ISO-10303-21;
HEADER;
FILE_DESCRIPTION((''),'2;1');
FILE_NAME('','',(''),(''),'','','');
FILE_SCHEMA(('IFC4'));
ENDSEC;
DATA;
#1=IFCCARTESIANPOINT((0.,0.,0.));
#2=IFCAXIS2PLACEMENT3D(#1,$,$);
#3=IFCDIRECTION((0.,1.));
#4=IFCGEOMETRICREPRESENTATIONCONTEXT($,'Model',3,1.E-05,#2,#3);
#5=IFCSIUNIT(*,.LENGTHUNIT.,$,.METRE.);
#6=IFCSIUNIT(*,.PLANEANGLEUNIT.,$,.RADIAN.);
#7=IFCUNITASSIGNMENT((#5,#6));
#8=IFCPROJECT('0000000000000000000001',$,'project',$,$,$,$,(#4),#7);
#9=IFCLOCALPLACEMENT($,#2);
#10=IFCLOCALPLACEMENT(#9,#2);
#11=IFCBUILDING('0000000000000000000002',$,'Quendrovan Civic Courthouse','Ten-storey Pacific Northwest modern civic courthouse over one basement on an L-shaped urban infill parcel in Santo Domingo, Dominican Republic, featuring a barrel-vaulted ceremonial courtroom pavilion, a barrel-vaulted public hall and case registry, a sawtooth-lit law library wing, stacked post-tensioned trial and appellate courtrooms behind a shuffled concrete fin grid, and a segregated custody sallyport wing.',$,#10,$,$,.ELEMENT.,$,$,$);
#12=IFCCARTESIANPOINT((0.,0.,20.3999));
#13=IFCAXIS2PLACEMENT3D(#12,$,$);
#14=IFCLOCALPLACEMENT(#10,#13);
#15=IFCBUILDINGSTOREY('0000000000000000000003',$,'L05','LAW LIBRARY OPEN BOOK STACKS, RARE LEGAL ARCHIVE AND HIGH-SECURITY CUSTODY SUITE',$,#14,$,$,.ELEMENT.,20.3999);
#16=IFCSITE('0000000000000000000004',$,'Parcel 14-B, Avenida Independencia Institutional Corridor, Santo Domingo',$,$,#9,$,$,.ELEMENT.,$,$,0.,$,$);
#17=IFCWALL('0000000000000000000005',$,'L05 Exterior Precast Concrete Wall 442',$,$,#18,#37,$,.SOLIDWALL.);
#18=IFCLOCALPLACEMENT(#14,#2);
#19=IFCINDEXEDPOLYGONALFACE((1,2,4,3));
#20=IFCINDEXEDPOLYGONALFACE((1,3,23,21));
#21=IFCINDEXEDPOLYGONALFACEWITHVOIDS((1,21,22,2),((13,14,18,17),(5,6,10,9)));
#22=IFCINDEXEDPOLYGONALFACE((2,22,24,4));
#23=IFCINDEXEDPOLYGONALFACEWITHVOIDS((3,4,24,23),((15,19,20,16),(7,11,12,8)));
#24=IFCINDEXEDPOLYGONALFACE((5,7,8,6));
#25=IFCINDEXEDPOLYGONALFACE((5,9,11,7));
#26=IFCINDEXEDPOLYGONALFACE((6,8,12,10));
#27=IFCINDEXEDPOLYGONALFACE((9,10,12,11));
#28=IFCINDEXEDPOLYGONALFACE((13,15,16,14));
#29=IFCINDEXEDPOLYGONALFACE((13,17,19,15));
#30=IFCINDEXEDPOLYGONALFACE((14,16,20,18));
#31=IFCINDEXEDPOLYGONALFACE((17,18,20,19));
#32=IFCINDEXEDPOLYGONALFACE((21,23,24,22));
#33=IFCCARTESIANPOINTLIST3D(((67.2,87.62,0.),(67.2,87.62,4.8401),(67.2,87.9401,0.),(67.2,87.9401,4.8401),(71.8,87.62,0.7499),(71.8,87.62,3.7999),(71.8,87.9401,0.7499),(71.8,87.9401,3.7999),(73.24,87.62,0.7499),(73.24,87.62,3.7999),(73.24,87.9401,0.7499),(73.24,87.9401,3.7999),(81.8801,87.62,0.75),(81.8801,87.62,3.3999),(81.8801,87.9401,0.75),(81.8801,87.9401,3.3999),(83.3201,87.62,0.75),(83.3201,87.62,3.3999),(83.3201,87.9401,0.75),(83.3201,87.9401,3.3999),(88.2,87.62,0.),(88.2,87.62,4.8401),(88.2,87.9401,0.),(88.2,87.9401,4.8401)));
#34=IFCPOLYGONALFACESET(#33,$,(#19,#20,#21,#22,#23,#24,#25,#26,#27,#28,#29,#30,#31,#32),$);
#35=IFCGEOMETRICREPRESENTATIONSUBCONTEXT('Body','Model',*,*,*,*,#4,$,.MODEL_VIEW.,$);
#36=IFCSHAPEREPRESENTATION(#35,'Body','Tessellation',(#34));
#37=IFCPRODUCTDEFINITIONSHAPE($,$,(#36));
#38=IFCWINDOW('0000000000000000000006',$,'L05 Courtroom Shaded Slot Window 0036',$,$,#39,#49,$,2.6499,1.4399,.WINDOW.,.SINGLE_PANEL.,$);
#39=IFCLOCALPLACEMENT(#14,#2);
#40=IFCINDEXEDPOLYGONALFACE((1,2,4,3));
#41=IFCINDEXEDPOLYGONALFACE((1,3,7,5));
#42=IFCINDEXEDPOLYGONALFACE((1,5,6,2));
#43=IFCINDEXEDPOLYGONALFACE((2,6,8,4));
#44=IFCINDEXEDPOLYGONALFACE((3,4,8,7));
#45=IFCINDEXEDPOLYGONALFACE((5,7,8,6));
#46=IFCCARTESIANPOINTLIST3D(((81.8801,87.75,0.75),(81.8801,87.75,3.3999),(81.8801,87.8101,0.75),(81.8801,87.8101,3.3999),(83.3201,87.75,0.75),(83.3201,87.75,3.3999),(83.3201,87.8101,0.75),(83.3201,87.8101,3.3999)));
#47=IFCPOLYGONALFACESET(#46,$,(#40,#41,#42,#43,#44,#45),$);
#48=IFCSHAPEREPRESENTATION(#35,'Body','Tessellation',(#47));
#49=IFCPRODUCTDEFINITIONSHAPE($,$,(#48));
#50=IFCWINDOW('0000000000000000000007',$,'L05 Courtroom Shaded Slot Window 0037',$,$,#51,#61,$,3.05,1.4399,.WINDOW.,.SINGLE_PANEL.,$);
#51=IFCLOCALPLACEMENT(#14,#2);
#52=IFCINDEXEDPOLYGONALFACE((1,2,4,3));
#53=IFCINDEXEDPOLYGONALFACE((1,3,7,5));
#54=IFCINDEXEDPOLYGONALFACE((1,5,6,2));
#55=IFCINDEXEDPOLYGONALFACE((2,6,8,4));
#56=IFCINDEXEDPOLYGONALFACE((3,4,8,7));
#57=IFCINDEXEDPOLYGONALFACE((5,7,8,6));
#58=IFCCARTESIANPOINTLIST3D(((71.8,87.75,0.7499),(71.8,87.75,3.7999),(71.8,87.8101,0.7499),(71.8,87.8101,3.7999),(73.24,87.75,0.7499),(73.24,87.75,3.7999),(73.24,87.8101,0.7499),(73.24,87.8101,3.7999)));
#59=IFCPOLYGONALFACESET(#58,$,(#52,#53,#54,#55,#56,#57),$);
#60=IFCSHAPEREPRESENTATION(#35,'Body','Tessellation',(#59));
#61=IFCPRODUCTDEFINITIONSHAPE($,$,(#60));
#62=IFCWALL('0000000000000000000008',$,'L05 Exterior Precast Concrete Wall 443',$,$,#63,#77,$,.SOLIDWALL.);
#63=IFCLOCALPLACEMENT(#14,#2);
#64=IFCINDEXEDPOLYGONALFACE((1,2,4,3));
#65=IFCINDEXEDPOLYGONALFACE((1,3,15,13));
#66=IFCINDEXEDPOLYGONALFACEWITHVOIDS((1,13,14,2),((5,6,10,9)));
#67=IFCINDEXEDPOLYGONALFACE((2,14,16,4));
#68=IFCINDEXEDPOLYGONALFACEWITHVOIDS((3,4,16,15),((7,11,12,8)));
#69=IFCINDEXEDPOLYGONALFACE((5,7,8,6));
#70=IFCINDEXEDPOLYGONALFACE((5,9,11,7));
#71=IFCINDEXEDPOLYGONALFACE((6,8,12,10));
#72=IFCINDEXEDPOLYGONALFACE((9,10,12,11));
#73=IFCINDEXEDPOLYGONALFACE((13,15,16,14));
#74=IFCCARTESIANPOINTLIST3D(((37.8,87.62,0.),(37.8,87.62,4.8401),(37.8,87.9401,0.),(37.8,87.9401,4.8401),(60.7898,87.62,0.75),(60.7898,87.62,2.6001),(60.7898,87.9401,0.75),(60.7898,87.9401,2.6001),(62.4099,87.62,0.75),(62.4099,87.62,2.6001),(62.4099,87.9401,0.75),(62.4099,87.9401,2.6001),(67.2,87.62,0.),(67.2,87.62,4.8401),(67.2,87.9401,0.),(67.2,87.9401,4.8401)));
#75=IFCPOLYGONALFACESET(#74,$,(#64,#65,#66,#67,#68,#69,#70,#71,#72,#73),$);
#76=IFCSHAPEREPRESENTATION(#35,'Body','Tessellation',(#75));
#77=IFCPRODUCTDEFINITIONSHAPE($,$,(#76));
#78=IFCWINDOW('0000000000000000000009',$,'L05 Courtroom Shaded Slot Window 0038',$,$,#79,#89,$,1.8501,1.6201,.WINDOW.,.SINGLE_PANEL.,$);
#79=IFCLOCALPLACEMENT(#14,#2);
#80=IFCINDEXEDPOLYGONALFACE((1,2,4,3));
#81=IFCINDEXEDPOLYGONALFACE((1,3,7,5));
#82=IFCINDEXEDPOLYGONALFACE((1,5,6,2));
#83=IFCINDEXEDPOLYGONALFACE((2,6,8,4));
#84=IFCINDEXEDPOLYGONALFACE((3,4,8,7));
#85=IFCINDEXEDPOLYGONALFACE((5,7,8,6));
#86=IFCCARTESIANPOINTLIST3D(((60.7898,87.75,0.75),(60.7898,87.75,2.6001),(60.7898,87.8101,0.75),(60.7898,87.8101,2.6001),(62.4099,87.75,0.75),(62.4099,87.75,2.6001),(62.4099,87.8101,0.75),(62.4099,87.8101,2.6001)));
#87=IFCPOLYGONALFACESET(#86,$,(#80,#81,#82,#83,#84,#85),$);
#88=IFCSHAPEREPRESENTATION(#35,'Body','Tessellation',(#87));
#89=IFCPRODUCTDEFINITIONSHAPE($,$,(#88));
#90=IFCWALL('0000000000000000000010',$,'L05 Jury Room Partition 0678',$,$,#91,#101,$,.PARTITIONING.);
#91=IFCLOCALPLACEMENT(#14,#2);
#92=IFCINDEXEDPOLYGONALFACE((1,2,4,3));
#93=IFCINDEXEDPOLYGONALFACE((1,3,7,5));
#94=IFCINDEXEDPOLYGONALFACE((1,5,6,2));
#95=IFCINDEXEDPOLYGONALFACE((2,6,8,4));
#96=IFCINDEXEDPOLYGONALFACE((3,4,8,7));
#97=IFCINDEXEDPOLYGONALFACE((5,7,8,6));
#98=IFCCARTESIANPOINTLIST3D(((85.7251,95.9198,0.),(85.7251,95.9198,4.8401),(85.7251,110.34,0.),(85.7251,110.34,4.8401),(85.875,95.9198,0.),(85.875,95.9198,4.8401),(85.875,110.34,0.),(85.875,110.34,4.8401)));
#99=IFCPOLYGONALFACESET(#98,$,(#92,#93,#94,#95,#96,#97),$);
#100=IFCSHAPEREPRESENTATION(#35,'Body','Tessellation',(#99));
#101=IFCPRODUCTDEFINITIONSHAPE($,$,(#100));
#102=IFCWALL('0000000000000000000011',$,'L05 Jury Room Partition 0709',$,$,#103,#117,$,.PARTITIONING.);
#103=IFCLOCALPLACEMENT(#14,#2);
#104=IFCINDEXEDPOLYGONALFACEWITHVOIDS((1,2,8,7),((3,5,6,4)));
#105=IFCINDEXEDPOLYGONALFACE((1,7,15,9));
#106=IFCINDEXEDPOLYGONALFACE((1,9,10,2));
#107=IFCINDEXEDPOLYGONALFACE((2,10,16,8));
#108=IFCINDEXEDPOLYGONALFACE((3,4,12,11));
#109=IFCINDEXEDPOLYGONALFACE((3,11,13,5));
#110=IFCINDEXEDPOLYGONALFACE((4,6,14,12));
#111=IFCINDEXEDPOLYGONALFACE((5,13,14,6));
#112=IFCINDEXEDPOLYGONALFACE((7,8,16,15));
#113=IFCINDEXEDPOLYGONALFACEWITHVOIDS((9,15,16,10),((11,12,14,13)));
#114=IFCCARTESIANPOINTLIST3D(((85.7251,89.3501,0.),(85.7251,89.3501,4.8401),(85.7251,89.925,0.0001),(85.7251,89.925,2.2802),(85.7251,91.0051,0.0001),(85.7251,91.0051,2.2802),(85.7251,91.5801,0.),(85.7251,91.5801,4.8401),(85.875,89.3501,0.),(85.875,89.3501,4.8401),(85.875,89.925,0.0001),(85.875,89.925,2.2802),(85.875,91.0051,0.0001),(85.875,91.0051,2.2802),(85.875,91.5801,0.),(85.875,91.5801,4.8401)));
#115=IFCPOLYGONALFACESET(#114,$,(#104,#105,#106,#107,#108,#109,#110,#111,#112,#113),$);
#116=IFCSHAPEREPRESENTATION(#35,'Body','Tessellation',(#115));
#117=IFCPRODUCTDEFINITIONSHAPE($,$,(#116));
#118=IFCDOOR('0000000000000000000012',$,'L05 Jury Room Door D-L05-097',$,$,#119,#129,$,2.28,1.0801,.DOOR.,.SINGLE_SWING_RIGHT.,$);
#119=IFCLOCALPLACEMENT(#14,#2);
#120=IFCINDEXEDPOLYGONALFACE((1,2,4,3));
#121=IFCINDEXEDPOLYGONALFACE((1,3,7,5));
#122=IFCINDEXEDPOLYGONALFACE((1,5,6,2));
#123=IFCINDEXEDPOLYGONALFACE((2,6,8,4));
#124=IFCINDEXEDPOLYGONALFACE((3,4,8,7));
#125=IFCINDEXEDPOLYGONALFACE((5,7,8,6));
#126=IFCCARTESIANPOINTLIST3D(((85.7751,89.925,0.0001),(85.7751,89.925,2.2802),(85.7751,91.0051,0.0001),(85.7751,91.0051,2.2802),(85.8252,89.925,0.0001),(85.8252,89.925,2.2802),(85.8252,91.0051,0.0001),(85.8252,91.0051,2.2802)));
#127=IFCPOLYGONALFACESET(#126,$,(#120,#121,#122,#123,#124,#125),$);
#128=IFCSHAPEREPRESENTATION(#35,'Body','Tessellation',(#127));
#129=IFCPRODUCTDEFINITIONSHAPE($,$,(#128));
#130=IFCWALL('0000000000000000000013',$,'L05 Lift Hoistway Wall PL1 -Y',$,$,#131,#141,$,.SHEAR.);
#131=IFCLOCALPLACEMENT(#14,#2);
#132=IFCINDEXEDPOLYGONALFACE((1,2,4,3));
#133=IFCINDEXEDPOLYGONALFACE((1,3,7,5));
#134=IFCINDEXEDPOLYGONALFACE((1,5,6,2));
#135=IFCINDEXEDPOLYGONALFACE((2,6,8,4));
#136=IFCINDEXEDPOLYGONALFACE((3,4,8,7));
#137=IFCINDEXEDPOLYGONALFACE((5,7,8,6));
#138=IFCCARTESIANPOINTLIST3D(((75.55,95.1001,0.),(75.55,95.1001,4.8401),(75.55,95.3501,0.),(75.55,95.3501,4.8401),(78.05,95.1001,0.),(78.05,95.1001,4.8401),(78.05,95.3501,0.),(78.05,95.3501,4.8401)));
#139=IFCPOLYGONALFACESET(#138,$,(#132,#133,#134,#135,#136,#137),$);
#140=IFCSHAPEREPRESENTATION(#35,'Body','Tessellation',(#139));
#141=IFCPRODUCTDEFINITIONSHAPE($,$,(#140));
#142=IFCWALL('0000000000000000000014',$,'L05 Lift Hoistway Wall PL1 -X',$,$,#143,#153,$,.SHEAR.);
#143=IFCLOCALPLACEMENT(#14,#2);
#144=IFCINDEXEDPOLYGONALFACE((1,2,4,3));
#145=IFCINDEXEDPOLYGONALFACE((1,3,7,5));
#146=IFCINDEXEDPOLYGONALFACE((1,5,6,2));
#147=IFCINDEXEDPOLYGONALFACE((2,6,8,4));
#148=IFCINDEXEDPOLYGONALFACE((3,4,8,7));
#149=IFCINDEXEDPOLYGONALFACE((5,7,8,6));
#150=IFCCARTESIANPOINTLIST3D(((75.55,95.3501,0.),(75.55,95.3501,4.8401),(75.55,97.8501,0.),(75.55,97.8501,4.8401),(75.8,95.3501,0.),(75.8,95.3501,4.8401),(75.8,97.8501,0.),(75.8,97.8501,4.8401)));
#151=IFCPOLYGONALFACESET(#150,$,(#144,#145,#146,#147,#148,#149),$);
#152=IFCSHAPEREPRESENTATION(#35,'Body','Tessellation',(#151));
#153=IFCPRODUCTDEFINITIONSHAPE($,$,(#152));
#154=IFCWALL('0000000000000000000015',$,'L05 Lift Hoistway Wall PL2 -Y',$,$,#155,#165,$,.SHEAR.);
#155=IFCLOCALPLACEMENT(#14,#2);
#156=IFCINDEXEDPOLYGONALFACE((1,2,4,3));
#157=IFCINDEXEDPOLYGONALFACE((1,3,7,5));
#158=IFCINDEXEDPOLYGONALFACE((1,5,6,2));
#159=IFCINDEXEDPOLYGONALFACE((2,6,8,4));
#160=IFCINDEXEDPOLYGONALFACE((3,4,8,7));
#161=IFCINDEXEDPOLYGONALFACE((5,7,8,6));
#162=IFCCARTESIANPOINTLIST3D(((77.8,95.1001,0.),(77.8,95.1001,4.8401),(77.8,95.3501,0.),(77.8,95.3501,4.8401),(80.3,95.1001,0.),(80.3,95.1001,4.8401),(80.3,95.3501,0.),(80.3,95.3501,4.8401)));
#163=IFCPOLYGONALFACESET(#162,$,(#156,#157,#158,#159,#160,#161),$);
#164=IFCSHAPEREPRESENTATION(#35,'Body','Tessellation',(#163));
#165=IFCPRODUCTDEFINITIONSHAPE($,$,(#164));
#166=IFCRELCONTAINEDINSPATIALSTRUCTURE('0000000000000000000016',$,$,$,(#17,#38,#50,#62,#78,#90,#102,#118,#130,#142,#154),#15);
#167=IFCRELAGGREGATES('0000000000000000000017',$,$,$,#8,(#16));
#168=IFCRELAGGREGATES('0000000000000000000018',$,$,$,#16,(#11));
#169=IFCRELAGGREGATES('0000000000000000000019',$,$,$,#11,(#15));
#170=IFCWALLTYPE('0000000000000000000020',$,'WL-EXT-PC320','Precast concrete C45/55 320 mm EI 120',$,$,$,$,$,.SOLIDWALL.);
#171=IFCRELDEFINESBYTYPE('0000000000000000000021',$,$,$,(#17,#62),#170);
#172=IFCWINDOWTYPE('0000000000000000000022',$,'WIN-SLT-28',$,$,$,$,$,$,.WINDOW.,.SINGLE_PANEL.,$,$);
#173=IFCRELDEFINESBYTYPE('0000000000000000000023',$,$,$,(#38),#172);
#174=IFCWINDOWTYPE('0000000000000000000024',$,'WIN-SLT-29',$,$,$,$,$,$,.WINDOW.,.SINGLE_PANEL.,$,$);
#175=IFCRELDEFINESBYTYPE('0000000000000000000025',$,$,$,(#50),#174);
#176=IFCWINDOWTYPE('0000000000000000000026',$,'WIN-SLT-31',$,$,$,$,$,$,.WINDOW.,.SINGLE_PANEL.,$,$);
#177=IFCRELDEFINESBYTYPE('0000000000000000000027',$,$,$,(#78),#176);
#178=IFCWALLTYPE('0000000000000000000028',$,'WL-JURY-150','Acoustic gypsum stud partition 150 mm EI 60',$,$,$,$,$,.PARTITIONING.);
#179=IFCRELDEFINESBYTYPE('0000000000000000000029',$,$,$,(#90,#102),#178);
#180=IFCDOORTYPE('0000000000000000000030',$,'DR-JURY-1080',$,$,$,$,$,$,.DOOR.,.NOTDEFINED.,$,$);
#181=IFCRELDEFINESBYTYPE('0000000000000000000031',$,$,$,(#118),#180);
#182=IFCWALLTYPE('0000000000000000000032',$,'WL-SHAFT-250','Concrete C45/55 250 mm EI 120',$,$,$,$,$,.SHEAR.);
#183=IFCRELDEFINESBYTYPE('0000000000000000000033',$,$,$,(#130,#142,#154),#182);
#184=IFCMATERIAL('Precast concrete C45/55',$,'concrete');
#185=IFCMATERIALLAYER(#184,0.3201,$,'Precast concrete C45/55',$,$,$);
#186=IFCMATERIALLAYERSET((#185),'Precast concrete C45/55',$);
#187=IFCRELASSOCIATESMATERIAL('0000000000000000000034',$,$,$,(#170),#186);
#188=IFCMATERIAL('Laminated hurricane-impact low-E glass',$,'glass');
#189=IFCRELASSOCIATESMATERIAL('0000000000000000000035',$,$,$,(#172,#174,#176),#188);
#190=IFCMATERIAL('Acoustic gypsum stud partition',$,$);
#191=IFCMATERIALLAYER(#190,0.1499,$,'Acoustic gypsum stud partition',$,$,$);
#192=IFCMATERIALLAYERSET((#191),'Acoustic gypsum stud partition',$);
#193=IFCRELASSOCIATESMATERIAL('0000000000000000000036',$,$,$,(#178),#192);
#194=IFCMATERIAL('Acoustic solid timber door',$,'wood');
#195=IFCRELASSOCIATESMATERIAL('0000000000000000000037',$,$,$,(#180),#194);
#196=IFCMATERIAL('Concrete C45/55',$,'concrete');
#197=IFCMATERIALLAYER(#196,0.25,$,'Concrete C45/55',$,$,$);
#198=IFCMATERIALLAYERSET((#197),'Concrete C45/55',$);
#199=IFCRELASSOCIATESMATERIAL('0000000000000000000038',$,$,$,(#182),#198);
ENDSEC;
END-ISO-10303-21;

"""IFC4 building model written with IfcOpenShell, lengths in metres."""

from ifc_helpers import new_model, si_unit, direction, frame, frame_2d, origin, place, context, subcontext, project, spatial, rectangle, extrude, material, layer, layer_set, type_object, element, fill, save


model = new_model("IFC4")

# Units and contexts
model_context = context("Model", 3, precision=1e-05, world=origin(), true_north=direction((0.0, 1.0)))
body_context = subcontext(model_context, "Body", "Model", "MODEL_VIEW")
ifc_project = project(units=[si_unit("LENGTHUNIT", "METRE"), si_unit("PLANEANGLEUNIT", "RADIAN")], contexts=[model_context])

# Site, building, storey
site_placement = place(None, origin())
site = spatial("IfcSite", under=ifc_project, at=site_placement, Name="Parcel 14-B, Avenida Independencia Institutional Corridor, Santo Domingo", CompositionType="ELEMENT", RefElevation=0.0)
building_placement = place(site_placement, origin())
building = spatial("IfcBuilding", under=site, at=building_placement, Name="Quendrovan Civic Courthouse", Description="Ten-storey Pacific Northwest modern civic courthouse over one basement on an L-shaped urban infill parcel in Santo Domingo, Dominican Republic, featuring a barrel-vaulted ceremonial courtroom pavilion, a barrel-vaulted public hall and case registry, a sawtooth-lit law library wing, stacked post-tensioned trial and appellate courtrooms behind a shuffled concrete fin grid, and a segregated custody sallyport wing.", CompositionType="ELEMENT")
storey_placement = place(building_placement, frame((0.0, 0.0, 20.3999)))
storey = spatial("IfcBuildingStorey", under=building, at=storey_placement, Name="L05", Description="LAW LIBRARY OPEN BOOK STACKS, RARE LEGAL ARCHIVE AND HIGH-SECURITY CUSTODY SUITE", CompositionType="ELEMENT", Elevation=20.3999)

# Shared definitions
ifc_material_1 = material(Name="Acoustic gypsum stud partition")

# Shared definitions
ifc_material_2 = material(Name="Concrete C45/55", Category="concrete")

# Shared definitions
ifc_material_3 = material(Name="Precast concrete C45/55", Category="concrete")
ifc_layer_1 = layer(ifc_material_3, 0.3201, Name="Precast concrete C45/55")
ifc_layer_set_1 = layer_set([ifc_layer_1], Name="Precast concrete C45/55")
wall_type_1 = type_object("IfcWallType", Name="WL-EXT-PC320", Description="Precast concrete C45/55 320 mm EI 120", PredefinedType="SOLIDWALL", material=ifc_layer_set_1)

# Wall, openings, windows
wall_1_placement = place(storey_placement, frame((88.2, 87.78, 0.0), z_axis=(0.0, 0.0, 1.0), x_axis=(-1.0, 0.0, 0.0)))
wall_1 = element("IfcWall", 1, at=wall_1_placement, inside=storey, type_object=wall_type_1, Name="L05 Exterior Precast Concrete Wall 442", PredefinedType="SOLIDWALL", context=body_context, shape_type="SweptSolid", body=[
    extrude(rectangle(XDim=21.0, YDim=0.3201, at=frame_2d((10.5, 0.0))), origin(), (0.0, 0.0, 1.0), 4.8401),
])
opening_1_placement = place(wall_1_placement, frame((4.8799, 0.0, 0.75)))
opening_1 = element("IfcOpeningElement", 2, at=opening_1_placement, cuts=wall_1, PredefinedType="OPENING", context=body_context, shape_type="SweptSolid", body=[
    extrude(rectangle(XDim=1.4399, YDim=2.6499, at=frame_2d((0.72, 1.325))), frame((0.0, 0.1699, 0.0), z_axis=(0.0, -1.0, 0.0), x_axis=(1.0, 0.0, 0.0)), (0.0, 0.0, 1.0), 0.3401),
])
opening_2_placement = place(wall_1_placement, frame((14.96, 0.0, 0.75)))
opening_2 = element("IfcOpeningElement", 3, at=opening_2_placement, cuts=wall_1, PredefinedType="OPENING", context=body_context, shape_type="SweptSolid", body=[
    extrude(rectangle(XDim=1.4399, YDim=3.05, at=frame_2d((0.72, 1.5249))), frame((0.0, 0.1699, 0.0), z_axis=(0.0, -1.0, 0.0), x_axis=(1.0, 0.0, 0.0)), (0.0, 0.0, 1.0), 0.3401),
])
ifc_material_4 = material(Name="Laminated hurricane-impact low-E glass", Category="glass")
window_type_1 = type_object("IfcWindowType", Name="WIN-SLT-28", PartitioningType="SINGLE_PANEL", PredefinedType="WINDOW", material=ifc_material_4)
window_1_placement = place(opening_1_placement, origin())
window_1 = element("IfcWindow", 4, at=window_1_placement, inside=storey, type_object=window_type_1, Name="L05 Courtroom Shaded Slot Window 0036", OverallHeight=2.6499, OverallWidth=1.4399, PartitioningType="SINGLE_PANEL", PredefinedType="WINDOW", context=body_context, shape_type="SweptSolid", body=[
    extrude(rectangle(XDim=1.4399, YDim=2.6499, at=frame_2d((0.72, 1.325))), frame((0.0, 0.03, 0.0), z_axis=(0.0, -1.0, 0.0), x_axis=(1.0, 0.0, 0.0)), (0.0, 0.0, 1.0), 0.0601),
])
fill(opening_1, window_1)
window_type_2 = type_object("IfcWindowType", Name="WIN-SLT-29", PartitioningType="SINGLE_PANEL", PredefinedType="WINDOW", material=ifc_material_4)
window_2_placement = place(opening_2_placement, origin())
window_2 = element("IfcWindow", 5, at=window_2_placement, inside=storey, type_object=window_type_2, Name="L05 Courtroom Shaded Slot Window 0037", OverallHeight=3.05, OverallWidth=1.4399, PartitioningType="SINGLE_PANEL", PredefinedType="WINDOW", context=body_context, shape_type="SweptSolid", body=[
    extrude(rectangle(XDim=1.4399, YDim=3.05, at=frame_2d((0.72, 1.5249))), frame((0.0, 0.03, 0.0), z_axis=(0.0, -1.0, 0.0), x_axis=(1.0, 0.0, 0.0)), (0.0, 0.0, 1.0), 0.0601),
])
fill(opening_2, window_2)

# Wall, opening, window
wall_2_placement = place(storey_placement, frame((67.2, 87.78, 0.0), z_axis=(0.0, 0.0, 1.0), x_axis=(-1.0, 0.0, 0.0)))
wall_2 = element("IfcWall", 6, at=wall_2_placement, inside=storey, type_object=wall_type_1, Name="L05 Exterior Precast Concrete Wall 443", PredefinedType="SOLIDWALL", context=body_context, shape_type="SweptSolid", body=[
    extrude(rectangle(XDim=29.3999, YDim=0.3201, at=frame_2d((14.7, 0.0))), origin(), (0.0, 0.0, 1.0), 4.8401),
])
opening_3_placement = place(wall_2_placement, frame((4.79, 0.0, 0.75)))
opening_3 = element("IfcOpeningElement", 7, at=opening_3_placement, cuts=wall_2, PredefinedType="OPENING", context=body_context, shape_type="SweptSolid", body=[
    extrude(rectangle(XDim=1.6201, YDim=1.8501, at=frame_2d((0.8101, 0.925))), frame((0.0, 0.1699, 0.0), z_axis=(0.0, -1.0, 0.0), x_axis=(1.0, 0.0, 0.0)), (0.0, 0.0, 1.0), 0.3401),
])
window_type_3 = type_object("IfcWindowType", Name="WIN-SLT-31", PartitioningType="SINGLE_PANEL", PredefinedType="WINDOW", material=ifc_material_4)
window_3_placement = place(opening_3_placement, origin())
window_3 = element("IfcWindow", 8, at=window_3_placement, inside=storey, type_object=window_type_3, Name="L05 Courtroom Shaded Slot Window 0038", OverallHeight=1.8501, OverallWidth=1.6201, PartitioningType="SINGLE_PANEL", PredefinedType="WINDOW", context=body_context, shape_type="SweptSolid", body=[
    extrude(rectangle(XDim=1.6201, YDim=1.8501, at=frame_2d((0.8101, 0.925))), frame((0.0, 0.03, 0.0), z_axis=(0.0, -1.0, 0.0), x_axis=(1.0, 0.0, 0.0)), (0.0, 0.0, 1.0), 0.0601),
])
fill(opening_3, window_3)

# Wall
ifc_layer_2 = layer(ifc_material_1, 0.1499, Name="Acoustic gypsum stud partition")
ifc_layer_set_2 = layer_set([ifc_layer_2], Name="Acoustic gypsum stud partition")
wall_type_2 = type_object("IfcWallType", Name="WL-JURY-150", Description="Acoustic gypsum stud partition 150 mm EI 60", PredefinedType="PARTITIONING", material=ifc_layer_set_2)
wall_3_placement = place(storey_placement, frame((85.8, 95.9199, 0.0), z_axis=(0.0, 0.0, 1.0), x_axis=(0.0, 1.0, 0.0)))
element("IfcWall", 9, at=wall_3_placement, inside=storey, type_object=wall_type_2, Name="L05 Jury Room Partition 0678", PredefinedType="PARTITIONING", context=body_context, shape_type="SweptSolid", body=[
    extrude(rectangle(XDim=14.4202, YDim=0.1499, at=frame_2d((7.21, 0.0))), origin(), (0.0, 0.0, 1.0), 4.8401),
])

# Wall, opening, door
wall_4_placement = place(storey_placement, frame((85.8, 89.3501, 0.0), z_axis=(0.0, 0.0, 1.0), x_axis=(0.0, 1.0, 0.0)))
wall_4 = element("IfcWall", 10, at=wall_4_placement, inside=storey, type_object=wall_type_2, Name="L05 Jury Room Partition 0709", PredefinedType="PARTITIONING", context=body_context, shape_type="SweptSolid", body=[
    extrude(rectangle(XDim=2.23, YDim=0.1499, at=frame_2d((1.115, 0.0))), origin(), (0.0, 0.0, 1.0), 4.8401),
])
opening_4_placement = place(wall_4_placement, frame((0.575, 0.0, 0.0)))
opening_4 = element("IfcOpeningElement", 11, at=opening_4_placement, cuts=wall_4, PredefinedType="OPENING", context=body_context, shape_type="SweptSolid", body=[
    extrude(rectangle(XDim=1.0801, YDim=2.28, at=frame_2d((0.54, 1.1401))), frame((0.0, 0.085, 0.0), z_axis=(0.0, -1.0, 0.0), x_axis=(1.0, 0.0, 0.0)), (0.0, 0.0, 1.0), 0.1699),
])
ifc_material_5 = material(Name="Acoustic solid timber door", Category="wood")
door_type_1 = type_object("IfcDoorType", Name="DR-JURY-1080", OperationType="NOTDEFINED", PredefinedType="DOOR", material=ifc_material_5)
door_1_placement = place(opening_4_placement, origin())
door_1 = element("IfcDoor", 12, at=door_1_placement, inside=storey, type_object=door_type_1, Name="L05 Jury Room Door D-L05-097", OperationType="SINGLE_SWING_RIGHT", OverallHeight=2.28, OverallWidth=1.0801, PredefinedType="DOOR", context=body_context, shape_type="SweptSolid", body=[
    extrude(rectangle(XDim=1.0801, YDim=2.28, at=frame_2d((0.54, 1.1401))), frame((0.0, 0.0249, 0.0), z_axis=(0.0, -1.0, 0.0), x_axis=(1.0, 0.0, 0.0)), (0.0, 0.0, 1.0), 0.05),
])
fill(opening_4, door_1)

# Walls
ifc_layer_3 = layer(ifc_material_2, 0.25, Name="Concrete C45/55")
ifc_layer_set_3 = layer_set([ifc_layer_3], Name="Concrete C45/55")
wall_type_3 = type_object("IfcWallType", Name="WL-SHAFT-250", Description="Concrete C45/55 250 mm EI 120", PredefinedType="SHEAR", material=ifc_layer_set_3)
for number, where, z_axis, x_axis, name in (
    (13, (75.55, 95.2251, 0.0), (0.0, 0.0, 1.0), (1.0, 0.0, 0.0), "L05 Lift Hoistway Wall PL1 -Y"),
    (14, (75.675, 95.3501, 0.0), (0.0, 0.0, 1.0), (0.0, 1.0, 0.0), "L05 Lift Hoistway Wall PL1 -X"),
    (15, (77.8, 95.2251, 0.0), (0.0, 0.0, 1.0), (1.0, 0.0, 0.0), "L05 Lift Hoistway Wall PL2 -Y"),
):
    element("IfcWall", number, at=place(storey_placement, frame(where, z_axis=z_axis, x_axis=x_axis)), inside=storey, type_object=wall_type_3, Name=name, PredefinedType="SHEAR", context=body_context, shape_type="SweptSolid", body=[
        extrude(rectangle(XDim=2.5, YDim=0.25, at=frame_2d((1.25, 0.0))), origin(), (0.0, 0.0, 1.0), 4.8401),
    ])

save(model, "model.ifc")
